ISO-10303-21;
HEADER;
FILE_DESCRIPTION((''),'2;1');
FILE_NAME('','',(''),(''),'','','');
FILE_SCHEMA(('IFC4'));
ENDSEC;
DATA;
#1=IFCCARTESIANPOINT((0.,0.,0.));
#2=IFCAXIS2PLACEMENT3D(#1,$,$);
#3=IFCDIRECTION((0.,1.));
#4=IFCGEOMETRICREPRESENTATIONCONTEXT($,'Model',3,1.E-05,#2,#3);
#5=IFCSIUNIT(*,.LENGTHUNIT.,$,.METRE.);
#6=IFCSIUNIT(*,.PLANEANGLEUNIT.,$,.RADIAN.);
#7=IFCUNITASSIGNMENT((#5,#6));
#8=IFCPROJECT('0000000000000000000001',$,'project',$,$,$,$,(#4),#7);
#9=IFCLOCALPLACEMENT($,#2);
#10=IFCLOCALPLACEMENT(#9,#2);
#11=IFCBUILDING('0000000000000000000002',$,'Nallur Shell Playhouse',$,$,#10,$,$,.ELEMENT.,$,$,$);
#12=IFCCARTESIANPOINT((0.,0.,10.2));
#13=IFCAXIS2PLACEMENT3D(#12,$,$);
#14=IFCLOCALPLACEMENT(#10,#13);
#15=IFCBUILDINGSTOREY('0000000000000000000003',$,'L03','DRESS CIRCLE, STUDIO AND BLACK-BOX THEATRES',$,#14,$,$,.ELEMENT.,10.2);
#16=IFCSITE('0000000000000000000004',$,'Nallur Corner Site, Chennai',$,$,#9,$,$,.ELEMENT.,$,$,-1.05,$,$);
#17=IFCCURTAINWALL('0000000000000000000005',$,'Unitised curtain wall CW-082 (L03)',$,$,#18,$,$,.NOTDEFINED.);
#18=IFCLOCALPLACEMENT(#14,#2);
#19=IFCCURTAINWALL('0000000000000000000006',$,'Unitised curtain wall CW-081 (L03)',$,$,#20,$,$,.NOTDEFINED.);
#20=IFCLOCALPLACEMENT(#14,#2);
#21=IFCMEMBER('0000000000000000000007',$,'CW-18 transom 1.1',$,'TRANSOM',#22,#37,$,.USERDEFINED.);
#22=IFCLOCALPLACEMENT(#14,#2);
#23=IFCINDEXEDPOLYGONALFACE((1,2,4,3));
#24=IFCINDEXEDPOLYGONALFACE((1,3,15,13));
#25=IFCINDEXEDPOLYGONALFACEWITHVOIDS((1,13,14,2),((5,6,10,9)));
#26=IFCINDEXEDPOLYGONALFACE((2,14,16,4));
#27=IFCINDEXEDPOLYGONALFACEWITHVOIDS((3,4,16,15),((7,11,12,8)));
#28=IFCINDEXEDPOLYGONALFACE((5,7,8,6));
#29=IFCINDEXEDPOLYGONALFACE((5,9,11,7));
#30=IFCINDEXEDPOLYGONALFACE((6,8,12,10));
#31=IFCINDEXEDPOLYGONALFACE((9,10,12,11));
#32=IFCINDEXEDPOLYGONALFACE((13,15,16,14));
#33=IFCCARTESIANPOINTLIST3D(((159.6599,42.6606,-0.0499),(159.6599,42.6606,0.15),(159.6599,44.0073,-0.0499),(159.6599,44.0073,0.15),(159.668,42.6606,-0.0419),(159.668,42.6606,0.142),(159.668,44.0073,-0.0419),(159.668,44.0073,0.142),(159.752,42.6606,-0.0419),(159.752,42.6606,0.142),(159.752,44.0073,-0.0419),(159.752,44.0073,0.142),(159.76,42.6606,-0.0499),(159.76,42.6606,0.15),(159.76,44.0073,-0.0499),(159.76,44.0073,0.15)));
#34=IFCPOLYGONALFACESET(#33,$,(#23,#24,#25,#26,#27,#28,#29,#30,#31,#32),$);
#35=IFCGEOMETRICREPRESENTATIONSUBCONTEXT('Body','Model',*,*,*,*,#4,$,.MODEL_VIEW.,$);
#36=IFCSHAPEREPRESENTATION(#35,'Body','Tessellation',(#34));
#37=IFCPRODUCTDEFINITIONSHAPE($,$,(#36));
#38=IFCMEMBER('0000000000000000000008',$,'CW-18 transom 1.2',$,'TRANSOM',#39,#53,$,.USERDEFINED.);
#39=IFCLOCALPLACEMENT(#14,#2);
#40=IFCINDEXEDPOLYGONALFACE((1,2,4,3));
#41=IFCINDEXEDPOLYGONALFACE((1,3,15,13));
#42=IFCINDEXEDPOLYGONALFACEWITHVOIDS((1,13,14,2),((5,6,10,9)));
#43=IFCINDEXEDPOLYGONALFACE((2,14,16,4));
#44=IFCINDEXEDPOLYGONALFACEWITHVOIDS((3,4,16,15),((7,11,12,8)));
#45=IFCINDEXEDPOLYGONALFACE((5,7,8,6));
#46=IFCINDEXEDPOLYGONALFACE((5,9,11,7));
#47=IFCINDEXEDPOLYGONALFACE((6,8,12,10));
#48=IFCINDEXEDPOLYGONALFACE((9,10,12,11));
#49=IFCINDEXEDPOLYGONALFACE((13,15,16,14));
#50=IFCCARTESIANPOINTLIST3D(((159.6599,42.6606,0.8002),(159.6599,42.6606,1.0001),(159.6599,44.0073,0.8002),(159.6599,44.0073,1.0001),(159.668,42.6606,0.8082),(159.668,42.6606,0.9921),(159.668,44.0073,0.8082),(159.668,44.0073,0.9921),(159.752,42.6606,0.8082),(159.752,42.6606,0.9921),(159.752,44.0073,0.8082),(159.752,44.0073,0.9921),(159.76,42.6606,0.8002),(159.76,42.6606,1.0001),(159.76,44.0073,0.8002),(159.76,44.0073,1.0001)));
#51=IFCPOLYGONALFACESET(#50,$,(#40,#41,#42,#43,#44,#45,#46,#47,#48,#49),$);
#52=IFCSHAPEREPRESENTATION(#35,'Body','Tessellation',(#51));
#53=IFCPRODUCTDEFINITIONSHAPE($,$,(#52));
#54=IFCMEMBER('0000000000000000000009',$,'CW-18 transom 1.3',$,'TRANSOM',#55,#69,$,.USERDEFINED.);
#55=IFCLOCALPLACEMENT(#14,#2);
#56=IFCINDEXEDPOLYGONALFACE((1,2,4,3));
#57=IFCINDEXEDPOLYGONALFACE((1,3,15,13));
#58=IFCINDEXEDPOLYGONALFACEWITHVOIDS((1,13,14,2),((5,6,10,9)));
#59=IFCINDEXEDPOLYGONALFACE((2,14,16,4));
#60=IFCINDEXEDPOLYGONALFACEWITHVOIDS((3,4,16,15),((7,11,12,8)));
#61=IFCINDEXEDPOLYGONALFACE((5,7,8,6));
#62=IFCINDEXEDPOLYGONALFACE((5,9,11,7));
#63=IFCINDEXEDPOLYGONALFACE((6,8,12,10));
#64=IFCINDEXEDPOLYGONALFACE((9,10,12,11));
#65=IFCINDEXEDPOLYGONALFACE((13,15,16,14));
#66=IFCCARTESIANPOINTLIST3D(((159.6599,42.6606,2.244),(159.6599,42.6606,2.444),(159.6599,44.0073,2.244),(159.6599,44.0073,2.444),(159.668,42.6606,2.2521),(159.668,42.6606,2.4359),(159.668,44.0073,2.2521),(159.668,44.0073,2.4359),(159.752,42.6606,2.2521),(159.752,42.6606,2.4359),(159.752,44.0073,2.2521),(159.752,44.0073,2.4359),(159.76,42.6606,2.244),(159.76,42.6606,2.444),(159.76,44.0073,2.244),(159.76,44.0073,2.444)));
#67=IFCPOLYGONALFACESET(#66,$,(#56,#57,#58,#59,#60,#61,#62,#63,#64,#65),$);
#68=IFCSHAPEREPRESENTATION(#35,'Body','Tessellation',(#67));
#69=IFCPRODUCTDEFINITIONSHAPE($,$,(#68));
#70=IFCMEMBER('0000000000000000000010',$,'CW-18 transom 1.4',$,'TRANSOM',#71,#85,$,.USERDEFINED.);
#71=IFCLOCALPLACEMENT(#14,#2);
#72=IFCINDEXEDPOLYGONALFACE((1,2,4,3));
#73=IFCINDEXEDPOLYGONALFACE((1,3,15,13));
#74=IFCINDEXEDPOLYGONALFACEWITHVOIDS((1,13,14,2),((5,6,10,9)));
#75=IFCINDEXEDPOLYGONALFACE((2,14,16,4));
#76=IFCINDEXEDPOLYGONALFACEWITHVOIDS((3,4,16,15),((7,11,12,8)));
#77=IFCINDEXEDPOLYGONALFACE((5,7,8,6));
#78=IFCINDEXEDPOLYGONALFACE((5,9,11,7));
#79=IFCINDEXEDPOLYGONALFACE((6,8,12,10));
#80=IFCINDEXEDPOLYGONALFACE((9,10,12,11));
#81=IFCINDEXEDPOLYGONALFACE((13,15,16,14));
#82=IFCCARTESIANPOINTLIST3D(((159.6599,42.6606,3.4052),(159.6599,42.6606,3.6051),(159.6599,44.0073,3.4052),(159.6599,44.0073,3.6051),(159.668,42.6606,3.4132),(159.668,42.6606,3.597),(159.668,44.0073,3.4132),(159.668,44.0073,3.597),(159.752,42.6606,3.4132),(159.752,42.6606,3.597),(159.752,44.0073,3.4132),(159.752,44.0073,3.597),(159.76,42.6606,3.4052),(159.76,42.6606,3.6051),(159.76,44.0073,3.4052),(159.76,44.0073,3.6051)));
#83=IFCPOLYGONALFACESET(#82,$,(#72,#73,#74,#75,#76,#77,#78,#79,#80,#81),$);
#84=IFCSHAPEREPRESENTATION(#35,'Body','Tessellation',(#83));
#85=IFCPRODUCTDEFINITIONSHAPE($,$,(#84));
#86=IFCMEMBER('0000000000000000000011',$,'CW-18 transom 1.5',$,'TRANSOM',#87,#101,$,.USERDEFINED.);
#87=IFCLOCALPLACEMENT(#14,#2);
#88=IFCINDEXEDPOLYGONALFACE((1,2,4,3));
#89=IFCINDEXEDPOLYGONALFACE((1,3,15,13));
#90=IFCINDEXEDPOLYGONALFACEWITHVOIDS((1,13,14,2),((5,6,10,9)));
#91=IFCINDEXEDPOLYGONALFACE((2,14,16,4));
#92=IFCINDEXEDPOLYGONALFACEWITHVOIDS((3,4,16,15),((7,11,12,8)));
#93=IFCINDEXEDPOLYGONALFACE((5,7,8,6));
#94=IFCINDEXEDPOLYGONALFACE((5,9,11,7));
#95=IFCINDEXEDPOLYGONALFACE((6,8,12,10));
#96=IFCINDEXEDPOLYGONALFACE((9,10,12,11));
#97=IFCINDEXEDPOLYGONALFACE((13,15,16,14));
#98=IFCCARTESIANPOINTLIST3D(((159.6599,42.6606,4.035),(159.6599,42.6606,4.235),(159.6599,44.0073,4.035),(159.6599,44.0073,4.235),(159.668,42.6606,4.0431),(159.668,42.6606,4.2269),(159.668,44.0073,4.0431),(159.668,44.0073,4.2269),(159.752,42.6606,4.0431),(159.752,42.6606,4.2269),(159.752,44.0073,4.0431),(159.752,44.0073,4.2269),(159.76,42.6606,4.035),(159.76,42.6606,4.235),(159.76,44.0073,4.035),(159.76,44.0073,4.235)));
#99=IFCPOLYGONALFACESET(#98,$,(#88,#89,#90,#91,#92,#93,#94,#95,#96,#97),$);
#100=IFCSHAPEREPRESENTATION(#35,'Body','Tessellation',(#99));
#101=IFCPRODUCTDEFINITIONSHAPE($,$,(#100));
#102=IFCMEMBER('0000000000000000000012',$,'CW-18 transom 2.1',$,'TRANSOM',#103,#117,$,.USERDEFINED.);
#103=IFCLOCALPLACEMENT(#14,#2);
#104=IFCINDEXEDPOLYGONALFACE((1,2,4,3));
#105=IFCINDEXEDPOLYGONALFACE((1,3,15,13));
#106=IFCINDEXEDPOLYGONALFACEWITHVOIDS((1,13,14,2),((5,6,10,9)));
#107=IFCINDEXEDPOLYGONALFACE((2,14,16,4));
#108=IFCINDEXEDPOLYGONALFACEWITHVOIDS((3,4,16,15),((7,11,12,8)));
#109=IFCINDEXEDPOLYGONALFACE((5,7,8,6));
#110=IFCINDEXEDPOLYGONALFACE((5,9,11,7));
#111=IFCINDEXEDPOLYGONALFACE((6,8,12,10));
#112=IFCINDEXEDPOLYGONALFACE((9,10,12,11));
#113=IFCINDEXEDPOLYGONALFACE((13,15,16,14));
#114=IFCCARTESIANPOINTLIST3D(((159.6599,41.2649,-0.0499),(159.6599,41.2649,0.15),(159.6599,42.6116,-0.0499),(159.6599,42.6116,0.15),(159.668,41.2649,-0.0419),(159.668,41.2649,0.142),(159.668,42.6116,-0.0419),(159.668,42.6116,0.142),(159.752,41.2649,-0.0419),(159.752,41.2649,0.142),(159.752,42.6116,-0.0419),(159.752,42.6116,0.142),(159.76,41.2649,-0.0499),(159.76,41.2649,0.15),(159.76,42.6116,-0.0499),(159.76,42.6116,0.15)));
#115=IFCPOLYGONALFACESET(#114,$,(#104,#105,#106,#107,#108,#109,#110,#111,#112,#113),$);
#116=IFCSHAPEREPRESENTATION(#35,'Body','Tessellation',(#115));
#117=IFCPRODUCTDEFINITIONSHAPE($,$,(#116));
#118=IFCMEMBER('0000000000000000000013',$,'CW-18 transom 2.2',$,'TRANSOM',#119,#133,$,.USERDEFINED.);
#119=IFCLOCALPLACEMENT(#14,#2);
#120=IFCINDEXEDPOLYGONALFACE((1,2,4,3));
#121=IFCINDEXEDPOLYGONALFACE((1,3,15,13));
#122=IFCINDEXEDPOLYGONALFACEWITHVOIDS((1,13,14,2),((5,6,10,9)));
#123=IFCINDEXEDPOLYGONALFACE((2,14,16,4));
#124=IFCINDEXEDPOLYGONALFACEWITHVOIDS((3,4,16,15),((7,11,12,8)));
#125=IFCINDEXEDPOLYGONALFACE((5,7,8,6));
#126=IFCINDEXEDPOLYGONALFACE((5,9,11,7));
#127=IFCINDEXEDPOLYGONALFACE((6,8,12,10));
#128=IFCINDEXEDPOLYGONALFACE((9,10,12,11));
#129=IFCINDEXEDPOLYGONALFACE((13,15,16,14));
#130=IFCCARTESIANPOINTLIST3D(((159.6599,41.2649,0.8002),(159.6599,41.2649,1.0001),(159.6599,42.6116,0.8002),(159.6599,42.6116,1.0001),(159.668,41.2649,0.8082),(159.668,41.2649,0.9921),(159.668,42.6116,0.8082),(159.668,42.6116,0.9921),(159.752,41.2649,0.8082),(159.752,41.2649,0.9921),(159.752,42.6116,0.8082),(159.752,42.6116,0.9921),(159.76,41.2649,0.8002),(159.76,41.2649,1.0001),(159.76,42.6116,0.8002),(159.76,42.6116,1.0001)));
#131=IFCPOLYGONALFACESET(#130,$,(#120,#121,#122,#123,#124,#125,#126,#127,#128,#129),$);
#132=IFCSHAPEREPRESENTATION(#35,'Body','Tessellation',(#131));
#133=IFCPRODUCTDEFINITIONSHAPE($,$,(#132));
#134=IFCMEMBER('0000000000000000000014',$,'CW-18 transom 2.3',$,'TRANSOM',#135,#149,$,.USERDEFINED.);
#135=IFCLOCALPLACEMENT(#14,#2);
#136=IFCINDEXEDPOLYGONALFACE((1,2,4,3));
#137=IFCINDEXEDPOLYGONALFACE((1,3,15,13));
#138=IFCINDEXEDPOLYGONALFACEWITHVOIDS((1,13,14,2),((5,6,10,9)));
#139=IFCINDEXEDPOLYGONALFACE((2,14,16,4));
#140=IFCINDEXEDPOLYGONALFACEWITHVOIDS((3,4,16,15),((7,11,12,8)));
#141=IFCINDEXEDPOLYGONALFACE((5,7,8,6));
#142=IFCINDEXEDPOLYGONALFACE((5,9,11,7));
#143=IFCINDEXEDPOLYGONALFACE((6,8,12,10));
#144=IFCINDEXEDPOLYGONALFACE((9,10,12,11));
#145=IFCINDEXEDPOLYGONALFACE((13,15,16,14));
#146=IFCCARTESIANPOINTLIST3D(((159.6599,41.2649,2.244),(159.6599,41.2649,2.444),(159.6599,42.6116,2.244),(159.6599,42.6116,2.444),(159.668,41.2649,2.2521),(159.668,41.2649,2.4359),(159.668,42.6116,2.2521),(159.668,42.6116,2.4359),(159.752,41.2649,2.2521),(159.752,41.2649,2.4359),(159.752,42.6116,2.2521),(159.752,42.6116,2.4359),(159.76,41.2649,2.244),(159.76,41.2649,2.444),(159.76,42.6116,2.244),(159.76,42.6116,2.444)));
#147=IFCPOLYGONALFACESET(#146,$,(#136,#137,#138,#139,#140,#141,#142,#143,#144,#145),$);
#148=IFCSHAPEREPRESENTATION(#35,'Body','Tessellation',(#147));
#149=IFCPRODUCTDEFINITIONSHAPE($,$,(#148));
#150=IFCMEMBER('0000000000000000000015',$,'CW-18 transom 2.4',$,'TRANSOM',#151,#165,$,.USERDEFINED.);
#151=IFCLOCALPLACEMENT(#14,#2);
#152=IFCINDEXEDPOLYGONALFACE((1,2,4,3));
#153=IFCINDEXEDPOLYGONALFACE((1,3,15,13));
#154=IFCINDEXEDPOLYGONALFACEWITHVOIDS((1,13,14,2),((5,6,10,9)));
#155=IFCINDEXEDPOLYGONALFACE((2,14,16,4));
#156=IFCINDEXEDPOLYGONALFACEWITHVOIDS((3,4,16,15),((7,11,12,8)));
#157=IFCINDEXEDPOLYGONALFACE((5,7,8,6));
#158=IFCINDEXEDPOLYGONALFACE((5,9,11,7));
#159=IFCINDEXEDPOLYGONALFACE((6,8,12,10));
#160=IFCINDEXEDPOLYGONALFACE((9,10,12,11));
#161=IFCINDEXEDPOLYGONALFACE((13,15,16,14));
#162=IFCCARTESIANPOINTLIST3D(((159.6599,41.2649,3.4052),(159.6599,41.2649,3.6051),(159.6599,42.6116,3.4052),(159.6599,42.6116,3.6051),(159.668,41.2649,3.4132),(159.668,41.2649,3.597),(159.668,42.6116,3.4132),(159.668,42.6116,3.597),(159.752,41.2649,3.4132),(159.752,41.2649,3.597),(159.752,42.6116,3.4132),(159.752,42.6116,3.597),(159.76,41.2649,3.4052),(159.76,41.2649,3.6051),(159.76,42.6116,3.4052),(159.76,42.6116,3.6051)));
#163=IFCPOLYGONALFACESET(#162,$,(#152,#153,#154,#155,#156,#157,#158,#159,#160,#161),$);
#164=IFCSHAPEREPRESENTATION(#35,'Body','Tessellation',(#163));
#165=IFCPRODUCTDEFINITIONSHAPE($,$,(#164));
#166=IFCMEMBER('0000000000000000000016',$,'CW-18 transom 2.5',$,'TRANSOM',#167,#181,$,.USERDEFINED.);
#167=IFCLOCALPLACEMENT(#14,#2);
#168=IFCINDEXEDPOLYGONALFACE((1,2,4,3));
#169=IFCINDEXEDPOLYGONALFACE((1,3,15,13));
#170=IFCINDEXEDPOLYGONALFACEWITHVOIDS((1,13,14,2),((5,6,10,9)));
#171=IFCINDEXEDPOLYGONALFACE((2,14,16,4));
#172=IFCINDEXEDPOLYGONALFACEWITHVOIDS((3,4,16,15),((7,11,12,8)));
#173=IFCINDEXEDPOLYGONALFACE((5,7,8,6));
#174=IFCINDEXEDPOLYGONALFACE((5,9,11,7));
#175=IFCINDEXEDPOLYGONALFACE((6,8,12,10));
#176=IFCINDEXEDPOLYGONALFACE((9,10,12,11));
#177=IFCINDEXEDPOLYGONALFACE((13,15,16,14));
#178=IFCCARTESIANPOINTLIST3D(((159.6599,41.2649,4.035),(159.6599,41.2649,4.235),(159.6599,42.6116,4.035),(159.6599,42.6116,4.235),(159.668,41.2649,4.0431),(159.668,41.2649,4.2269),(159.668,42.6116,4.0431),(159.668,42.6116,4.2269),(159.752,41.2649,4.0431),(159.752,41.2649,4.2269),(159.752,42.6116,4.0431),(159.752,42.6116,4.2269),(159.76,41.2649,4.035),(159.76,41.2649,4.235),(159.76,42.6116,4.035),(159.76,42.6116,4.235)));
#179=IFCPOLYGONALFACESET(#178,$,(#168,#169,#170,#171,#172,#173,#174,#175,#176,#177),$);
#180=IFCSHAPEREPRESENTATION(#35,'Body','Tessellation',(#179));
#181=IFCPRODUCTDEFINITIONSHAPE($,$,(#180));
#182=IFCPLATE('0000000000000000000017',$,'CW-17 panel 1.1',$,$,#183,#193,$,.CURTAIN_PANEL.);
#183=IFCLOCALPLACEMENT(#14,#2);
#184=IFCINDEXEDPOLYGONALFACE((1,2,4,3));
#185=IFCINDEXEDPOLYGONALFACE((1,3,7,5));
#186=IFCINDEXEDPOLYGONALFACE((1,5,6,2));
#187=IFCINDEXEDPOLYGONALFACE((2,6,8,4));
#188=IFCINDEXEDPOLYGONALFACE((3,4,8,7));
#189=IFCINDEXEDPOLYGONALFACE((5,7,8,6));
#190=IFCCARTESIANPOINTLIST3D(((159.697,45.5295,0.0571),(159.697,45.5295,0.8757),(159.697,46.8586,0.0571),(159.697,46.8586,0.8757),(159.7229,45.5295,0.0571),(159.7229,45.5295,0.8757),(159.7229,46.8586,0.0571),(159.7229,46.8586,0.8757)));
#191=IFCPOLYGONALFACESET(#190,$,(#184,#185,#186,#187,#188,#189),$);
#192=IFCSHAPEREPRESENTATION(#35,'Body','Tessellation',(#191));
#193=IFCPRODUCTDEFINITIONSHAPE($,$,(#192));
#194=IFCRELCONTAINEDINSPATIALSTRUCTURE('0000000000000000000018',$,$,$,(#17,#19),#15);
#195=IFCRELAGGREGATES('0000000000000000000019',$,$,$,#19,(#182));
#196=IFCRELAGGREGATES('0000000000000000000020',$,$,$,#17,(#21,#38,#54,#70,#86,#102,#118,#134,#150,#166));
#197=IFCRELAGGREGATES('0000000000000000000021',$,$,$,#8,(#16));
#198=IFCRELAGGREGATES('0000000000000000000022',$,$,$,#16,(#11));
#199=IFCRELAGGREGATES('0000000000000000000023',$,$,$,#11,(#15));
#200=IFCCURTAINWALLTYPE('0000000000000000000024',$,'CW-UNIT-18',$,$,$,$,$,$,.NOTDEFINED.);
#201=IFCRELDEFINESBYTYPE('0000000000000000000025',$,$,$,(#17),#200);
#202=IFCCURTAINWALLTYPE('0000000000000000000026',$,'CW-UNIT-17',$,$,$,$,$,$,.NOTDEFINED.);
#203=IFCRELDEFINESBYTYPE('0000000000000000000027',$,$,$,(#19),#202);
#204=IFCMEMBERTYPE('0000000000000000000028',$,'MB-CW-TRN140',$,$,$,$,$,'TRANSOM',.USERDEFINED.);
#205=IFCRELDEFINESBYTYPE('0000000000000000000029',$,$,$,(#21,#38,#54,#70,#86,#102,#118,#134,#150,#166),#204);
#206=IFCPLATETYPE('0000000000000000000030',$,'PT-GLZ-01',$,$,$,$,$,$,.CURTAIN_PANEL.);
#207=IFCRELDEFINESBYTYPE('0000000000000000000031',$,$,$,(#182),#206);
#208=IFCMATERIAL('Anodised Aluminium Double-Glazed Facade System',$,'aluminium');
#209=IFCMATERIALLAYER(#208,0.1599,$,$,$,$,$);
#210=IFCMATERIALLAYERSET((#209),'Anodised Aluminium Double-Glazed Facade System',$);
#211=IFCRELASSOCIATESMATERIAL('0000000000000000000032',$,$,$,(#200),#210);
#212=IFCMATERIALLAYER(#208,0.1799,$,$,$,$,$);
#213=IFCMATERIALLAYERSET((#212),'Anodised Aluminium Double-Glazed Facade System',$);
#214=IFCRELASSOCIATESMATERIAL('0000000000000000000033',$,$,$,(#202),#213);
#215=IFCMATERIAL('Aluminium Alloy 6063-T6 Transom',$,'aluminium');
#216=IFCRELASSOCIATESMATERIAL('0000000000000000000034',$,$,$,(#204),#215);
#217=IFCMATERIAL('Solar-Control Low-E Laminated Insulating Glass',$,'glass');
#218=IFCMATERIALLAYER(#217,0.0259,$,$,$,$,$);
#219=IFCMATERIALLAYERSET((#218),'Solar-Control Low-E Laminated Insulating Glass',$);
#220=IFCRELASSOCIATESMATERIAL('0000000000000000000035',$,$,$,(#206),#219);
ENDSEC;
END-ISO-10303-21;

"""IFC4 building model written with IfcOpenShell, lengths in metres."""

from ifc_helpers import new_model, si_unit, direction, frame, origin, origin_2d, place, context, subcontext, project, spatial, rectangle, hollow_rectangle, extrude, material, layer, layer_set, material_profile, profile_set, type_object, element, aggregate, save


model = new_model("IFC4")

# Units and contexts
model_context = context("Model", 3, precision=1e-05, world=origin(), true_north=direction((0.0, 1.0)))
body_context = subcontext(model_context, "Body", "Model", "MODEL_VIEW")
ifc_project = project(units=[si_unit("LENGTHUNIT", "METRE"), si_unit("PLANEANGLEUNIT", "RADIAN")], contexts=[model_context])

# Site, building, storey
site_placement = place(None, origin())
site = spatial("IfcSite", under=ifc_project, at=site_placement, Name="Nallur Corner Site, Chennai", CompositionType="ELEMENT", RefElevation=-1.05)
building_placement = place(site_placement, origin())
building = spatial("IfcBuilding", under=site, at=building_placement, Name="Nallur Shell Playhouse", CompositionType="ELEMENT")
storey_placement = place(building_placement, frame((0.0, 0.0, 10.2)))
storey = spatial("IfcBuildingStorey", under=building, at=storey_placement, Name="L03", Description="DRESS CIRCLE, STUDIO AND BLACK-BOX THEATRES", CompositionType="ELEMENT", Elevation=10.2)

# Curtain walls
ifc_material_1 = material(Name="Anodised Aluminium Double-Glazed Facade System", Category="aluminium")
ifc_layer_1 = layer(ifc_material_1, 0.1599)
ifc_layer_set_1 = layer_set([ifc_layer_1], Name="Anodised Aluminium Double-Glazed Facade System")
curtain_wall_type_1 = type_object("IfcCurtainWallType", Name="CW-UNIT-18", PredefinedType="NOTDEFINED", material=ifc_layer_set_1)
curtain_wall_1_placement = place(storey_placement, origin())
curtain_wall_1 = element("IfcCurtainWall", 1, at=curtain_wall_1_placement, inside=storey, type_object=curtain_wall_type_1, Name="Unitised curtain wall CW-082 (L03)", PredefinedType="NOTDEFINED")
ifc_layer_2 = layer(ifc_material_1, 0.1799)
ifc_layer_set_2 = layer_set([ifc_layer_2], Name="Anodised Aluminium Double-Glazed Facade System")
curtain_wall_type_2 = type_object("IfcCurtainWallType", Name="CW-UNIT-17", PredefinedType="NOTDEFINED", material=ifc_layer_set_2)
curtain_wall_2_placement = place(storey_placement, origin())
curtain_wall_2 = element("IfcCurtainWall", 2, at=curtain_wall_2_placement, inside=storey, type_object=curtain_wall_type_2, Name="Unitised curtain wall CW-081 (L03)", PredefinedType="NOTDEFINED")
ifc_material_2 = material(Name="Aluminium Alloy 6063-T6 Transom", Category="aluminium")

# Members
ifc_material_profile_1 = material_profile(ifc_material_2, hollow_rectangle(XDim=0.1001, YDim=0.2, WallThickness=0.0081, at=origin_2d()), Name="RHS 200x100x8")
ifc_profile_set_1 = profile_set([ifc_material_profile_1], Name="Aluminium Alloy 6063-T6 Transom")
member_type_1 = type_object("IfcMemberType", Name="MB-CW-TRN140", ElementType="TRANSOM", PredefinedType="USERDEFINED", material=ifc_profile_set_1)
member_1_placement = place(storey_placement, frame((159.71, 44.0073, 0.05), z_axis=(0.0, -1.0, 0.0), x_axis=(1.0, 0.0, 0.0)))
member_1 = element("IfcMember", 3, at=member_1_placement, type_object=member_type_1, Name="CW-18 transom 1.1", ObjectType="TRANSOM", PredefinedType="USERDEFINED", context=body_context, shape_type="SweptSolid", body=[
    extrude(hollow_rectangle(XDim=0.1001, YDim=0.2, WallThickness=0.0081, at=origin_2d()), origin(), (0.0, 0.0, 1.0), 1.3467),
])
member_2_placement = place(storey_placement, frame((159.71, 44.0073, 0.9001), z_axis=(0.0, -1.0, 0.0), x_axis=(1.0, 0.0, 0.0)))
member_2 = element("IfcMember", 4, at=member_2_placement, type_object=member_type_1, Name="CW-18 transom 1.2", ObjectType="TRANSOM", PredefinedType="USERDEFINED", context=body_context, shape_type="SweptSolid", body=[
    extrude(hollow_rectangle(XDim=0.1001, YDim=0.2, WallThickness=0.0081, at=origin_2d()), origin(), (0.0, 0.0, 1.0), 1.3467),
])
member_3_placement = place(storey_placement, frame((159.71, 44.0073, 2.344), z_axis=(0.0, -1.0, 0.0), x_axis=(1.0, 0.0, 0.0)))
member_3 = element("IfcMember", 5, at=member_3_placement, type_object=member_type_1, Name="CW-18 transom 1.3", ObjectType="TRANSOM", PredefinedType="USERDEFINED", context=body_context, shape_type="SweptSolid", body=[
    extrude(hollow_rectangle(XDim=0.1001, YDim=0.2, WallThickness=0.0081, at=origin_2d()), origin(), (0.0, 0.0, 1.0), 1.3467),
])
member_4_placement = place(storey_placement, frame((159.71, 44.0073, 3.5051), z_axis=(0.0, -1.0, 0.0), x_axis=(1.0, 0.0, 0.0)))
member_4 = element("IfcMember", 6, at=member_4_placement, type_object=member_type_1, Name="CW-18 transom 1.4", ObjectType="TRANSOM", PredefinedType="USERDEFINED", context=body_context, shape_type="SweptSolid", body=[
    extrude(hollow_rectangle(XDim=0.1001, YDim=0.2, WallThickness=0.0081, at=origin_2d()), origin(), (0.0, 0.0, 1.0), 1.3467),
])
member_5_placement = place(storey_placement, frame((159.71, 44.0073, 4.135), z_axis=(0.0, -1.0, 0.0), x_axis=(1.0, 0.0, 0.0)))
member_5 = element("IfcMember", 7, at=member_5_placement, type_object=member_type_1, Name="CW-18 transom 1.5", ObjectType="TRANSOM", PredefinedType="USERDEFINED", context=body_context, shape_type="SweptSolid", body=[
    extrude(hollow_rectangle(XDim=0.1001, YDim=0.2, WallThickness=0.0081, at=origin_2d()), origin(), (0.0, 0.0, 1.0), 1.3467),
])
member_6_placement = place(storey_placement, frame((159.71, 42.6116, 0.05), z_axis=(0.0, -1.0, 0.0), x_axis=(1.0, 0.0, 0.0)))
member_6 = element("IfcMember", 8, at=member_6_placement, type_object=member_type_1, Name="CW-18 transom 2.1", ObjectType="TRANSOM", PredefinedType="USERDEFINED", context=body_context, shape_type="SweptSolid", body=[
    extrude(hollow_rectangle(XDim=0.1001, YDim=0.2, WallThickness=0.0081, at=origin_2d()), origin(), (0.0, 0.0, 1.0), 1.3467),
])
member_7_placement = place(storey_placement, frame((159.71, 42.6116, 0.9001), z_axis=(0.0, -1.0, 0.0), x_axis=(1.0, 0.0, 0.0)))
member_7 = element("IfcMember", 9, at=member_7_placement, type_object=member_type_1, Name="CW-18 transom 2.2", ObjectType="TRANSOM", PredefinedType="USERDEFINED", context=body_context, shape_type="SweptSolid", body=[
    extrude(hollow_rectangle(XDim=0.1001, YDim=0.2, WallThickness=0.0081, at=origin_2d()), origin(), (0.0, 0.0, 1.0), 1.3467),
])
member_8_placement = place(storey_placement, frame((159.71, 42.6116, 2.344), z_axis=(0.0, -1.0, 0.0), x_axis=(1.0, 0.0, 0.0)))
member_8 = element("IfcMember", 10, at=member_8_placement, type_object=member_type_1, Name="CW-18 transom 2.3", ObjectType="TRANSOM", PredefinedType="USERDEFINED", context=body_context, shape_type="SweptSolid", body=[
    extrude(hollow_rectangle(XDim=0.1001, YDim=0.2, WallThickness=0.0081, at=origin_2d()), origin(), (0.0, 0.0, 1.0), 1.3467),
])
member_9_placement = place(storey_placement, frame((159.71, 42.6116, 3.5051), z_axis=(0.0, -1.0, 0.0), x_axis=(1.0, 0.0, 0.0)))
member_9 = element("IfcMember", 11, at=member_9_placement, type_object=member_type_1, Name="CW-18 transom 2.4", ObjectType="TRANSOM", PredefinedType="USERDEFINED", context=body_context, shape_type="SweptSolid", body=[
    extrude(hollow_rectangle(XDim=0.1001, YDim=0.2, WallThickness=0.0081, at=origin_2d()), origin(), (0.0, 0.0, 1.0), 1.3467),
])
member_10_placement = place(storey_placement, frame((159.71, 42.6116, 4.135), z_axis=(0.0, -1.0, 0.0), x_axis=(1.0, 0.0, 0.0)))
member_10 = element("IfcMember", 12, at=member_10_placement, type_object=member_type_1, Name="CW-18 transom 2.5", ObjectType="TRANSOM", PredefinedType="USERDEFINED", context=body_context, shape_type="SweptSolid", body=[
    extrude(hollow_rectangle(XDim=0.1001, YDim=0.2, WallThickness=0.0081, at=origin_2d()), origin(), (0.0, 0.0, 1.0), 1.3467),
])

# Plate
ifc_material_3 = material(Name="Solar-Control Low-E Laminated Insulating Glass", Category="glass")
ifc_layer_3 = layer(ifc_material_3, 0.0259)
ifc_layer_set_3 = layer_set([ifc_layer_3], Name="Solar-Control Low-E Laminated Insulating Glass")
plate_type_1 = type_object("IfcPlateType", Name="PT-GLZ-01", PredefinedType="CURTAIN_PANEL", material=ifc_layer_set_3)
plate_1_placement = place(storey_placement, frame((159.71, 46.1941, 0.0571), z_axis=(0.0, 0.0, 1.0), x_axis=(0.0, -1.0, 0.0)))
plate_1 = element("IfcPlate", 13, at=plate_1_placement, type_object=plate_type_1, Name="CW-17 panel 1.1", PredefinedType="CURTAIN_PANEL", context=body_context, shape_type="SweptSolid", body=[
    extrude(rectangle(XDim=1.3291, YDim=0.0259, at=origin_2d()), origin(), (0.0, 0.0, 1.0), 0.8186),
])
aggregate(curtain_wall_2, [plate_1])
aggregate(curtain_wall_1, [member_1, member_2, member_3, member_4, member_5, member_6, member_7, member_8, member_9, member_10])

save(model, "model.ifc")
